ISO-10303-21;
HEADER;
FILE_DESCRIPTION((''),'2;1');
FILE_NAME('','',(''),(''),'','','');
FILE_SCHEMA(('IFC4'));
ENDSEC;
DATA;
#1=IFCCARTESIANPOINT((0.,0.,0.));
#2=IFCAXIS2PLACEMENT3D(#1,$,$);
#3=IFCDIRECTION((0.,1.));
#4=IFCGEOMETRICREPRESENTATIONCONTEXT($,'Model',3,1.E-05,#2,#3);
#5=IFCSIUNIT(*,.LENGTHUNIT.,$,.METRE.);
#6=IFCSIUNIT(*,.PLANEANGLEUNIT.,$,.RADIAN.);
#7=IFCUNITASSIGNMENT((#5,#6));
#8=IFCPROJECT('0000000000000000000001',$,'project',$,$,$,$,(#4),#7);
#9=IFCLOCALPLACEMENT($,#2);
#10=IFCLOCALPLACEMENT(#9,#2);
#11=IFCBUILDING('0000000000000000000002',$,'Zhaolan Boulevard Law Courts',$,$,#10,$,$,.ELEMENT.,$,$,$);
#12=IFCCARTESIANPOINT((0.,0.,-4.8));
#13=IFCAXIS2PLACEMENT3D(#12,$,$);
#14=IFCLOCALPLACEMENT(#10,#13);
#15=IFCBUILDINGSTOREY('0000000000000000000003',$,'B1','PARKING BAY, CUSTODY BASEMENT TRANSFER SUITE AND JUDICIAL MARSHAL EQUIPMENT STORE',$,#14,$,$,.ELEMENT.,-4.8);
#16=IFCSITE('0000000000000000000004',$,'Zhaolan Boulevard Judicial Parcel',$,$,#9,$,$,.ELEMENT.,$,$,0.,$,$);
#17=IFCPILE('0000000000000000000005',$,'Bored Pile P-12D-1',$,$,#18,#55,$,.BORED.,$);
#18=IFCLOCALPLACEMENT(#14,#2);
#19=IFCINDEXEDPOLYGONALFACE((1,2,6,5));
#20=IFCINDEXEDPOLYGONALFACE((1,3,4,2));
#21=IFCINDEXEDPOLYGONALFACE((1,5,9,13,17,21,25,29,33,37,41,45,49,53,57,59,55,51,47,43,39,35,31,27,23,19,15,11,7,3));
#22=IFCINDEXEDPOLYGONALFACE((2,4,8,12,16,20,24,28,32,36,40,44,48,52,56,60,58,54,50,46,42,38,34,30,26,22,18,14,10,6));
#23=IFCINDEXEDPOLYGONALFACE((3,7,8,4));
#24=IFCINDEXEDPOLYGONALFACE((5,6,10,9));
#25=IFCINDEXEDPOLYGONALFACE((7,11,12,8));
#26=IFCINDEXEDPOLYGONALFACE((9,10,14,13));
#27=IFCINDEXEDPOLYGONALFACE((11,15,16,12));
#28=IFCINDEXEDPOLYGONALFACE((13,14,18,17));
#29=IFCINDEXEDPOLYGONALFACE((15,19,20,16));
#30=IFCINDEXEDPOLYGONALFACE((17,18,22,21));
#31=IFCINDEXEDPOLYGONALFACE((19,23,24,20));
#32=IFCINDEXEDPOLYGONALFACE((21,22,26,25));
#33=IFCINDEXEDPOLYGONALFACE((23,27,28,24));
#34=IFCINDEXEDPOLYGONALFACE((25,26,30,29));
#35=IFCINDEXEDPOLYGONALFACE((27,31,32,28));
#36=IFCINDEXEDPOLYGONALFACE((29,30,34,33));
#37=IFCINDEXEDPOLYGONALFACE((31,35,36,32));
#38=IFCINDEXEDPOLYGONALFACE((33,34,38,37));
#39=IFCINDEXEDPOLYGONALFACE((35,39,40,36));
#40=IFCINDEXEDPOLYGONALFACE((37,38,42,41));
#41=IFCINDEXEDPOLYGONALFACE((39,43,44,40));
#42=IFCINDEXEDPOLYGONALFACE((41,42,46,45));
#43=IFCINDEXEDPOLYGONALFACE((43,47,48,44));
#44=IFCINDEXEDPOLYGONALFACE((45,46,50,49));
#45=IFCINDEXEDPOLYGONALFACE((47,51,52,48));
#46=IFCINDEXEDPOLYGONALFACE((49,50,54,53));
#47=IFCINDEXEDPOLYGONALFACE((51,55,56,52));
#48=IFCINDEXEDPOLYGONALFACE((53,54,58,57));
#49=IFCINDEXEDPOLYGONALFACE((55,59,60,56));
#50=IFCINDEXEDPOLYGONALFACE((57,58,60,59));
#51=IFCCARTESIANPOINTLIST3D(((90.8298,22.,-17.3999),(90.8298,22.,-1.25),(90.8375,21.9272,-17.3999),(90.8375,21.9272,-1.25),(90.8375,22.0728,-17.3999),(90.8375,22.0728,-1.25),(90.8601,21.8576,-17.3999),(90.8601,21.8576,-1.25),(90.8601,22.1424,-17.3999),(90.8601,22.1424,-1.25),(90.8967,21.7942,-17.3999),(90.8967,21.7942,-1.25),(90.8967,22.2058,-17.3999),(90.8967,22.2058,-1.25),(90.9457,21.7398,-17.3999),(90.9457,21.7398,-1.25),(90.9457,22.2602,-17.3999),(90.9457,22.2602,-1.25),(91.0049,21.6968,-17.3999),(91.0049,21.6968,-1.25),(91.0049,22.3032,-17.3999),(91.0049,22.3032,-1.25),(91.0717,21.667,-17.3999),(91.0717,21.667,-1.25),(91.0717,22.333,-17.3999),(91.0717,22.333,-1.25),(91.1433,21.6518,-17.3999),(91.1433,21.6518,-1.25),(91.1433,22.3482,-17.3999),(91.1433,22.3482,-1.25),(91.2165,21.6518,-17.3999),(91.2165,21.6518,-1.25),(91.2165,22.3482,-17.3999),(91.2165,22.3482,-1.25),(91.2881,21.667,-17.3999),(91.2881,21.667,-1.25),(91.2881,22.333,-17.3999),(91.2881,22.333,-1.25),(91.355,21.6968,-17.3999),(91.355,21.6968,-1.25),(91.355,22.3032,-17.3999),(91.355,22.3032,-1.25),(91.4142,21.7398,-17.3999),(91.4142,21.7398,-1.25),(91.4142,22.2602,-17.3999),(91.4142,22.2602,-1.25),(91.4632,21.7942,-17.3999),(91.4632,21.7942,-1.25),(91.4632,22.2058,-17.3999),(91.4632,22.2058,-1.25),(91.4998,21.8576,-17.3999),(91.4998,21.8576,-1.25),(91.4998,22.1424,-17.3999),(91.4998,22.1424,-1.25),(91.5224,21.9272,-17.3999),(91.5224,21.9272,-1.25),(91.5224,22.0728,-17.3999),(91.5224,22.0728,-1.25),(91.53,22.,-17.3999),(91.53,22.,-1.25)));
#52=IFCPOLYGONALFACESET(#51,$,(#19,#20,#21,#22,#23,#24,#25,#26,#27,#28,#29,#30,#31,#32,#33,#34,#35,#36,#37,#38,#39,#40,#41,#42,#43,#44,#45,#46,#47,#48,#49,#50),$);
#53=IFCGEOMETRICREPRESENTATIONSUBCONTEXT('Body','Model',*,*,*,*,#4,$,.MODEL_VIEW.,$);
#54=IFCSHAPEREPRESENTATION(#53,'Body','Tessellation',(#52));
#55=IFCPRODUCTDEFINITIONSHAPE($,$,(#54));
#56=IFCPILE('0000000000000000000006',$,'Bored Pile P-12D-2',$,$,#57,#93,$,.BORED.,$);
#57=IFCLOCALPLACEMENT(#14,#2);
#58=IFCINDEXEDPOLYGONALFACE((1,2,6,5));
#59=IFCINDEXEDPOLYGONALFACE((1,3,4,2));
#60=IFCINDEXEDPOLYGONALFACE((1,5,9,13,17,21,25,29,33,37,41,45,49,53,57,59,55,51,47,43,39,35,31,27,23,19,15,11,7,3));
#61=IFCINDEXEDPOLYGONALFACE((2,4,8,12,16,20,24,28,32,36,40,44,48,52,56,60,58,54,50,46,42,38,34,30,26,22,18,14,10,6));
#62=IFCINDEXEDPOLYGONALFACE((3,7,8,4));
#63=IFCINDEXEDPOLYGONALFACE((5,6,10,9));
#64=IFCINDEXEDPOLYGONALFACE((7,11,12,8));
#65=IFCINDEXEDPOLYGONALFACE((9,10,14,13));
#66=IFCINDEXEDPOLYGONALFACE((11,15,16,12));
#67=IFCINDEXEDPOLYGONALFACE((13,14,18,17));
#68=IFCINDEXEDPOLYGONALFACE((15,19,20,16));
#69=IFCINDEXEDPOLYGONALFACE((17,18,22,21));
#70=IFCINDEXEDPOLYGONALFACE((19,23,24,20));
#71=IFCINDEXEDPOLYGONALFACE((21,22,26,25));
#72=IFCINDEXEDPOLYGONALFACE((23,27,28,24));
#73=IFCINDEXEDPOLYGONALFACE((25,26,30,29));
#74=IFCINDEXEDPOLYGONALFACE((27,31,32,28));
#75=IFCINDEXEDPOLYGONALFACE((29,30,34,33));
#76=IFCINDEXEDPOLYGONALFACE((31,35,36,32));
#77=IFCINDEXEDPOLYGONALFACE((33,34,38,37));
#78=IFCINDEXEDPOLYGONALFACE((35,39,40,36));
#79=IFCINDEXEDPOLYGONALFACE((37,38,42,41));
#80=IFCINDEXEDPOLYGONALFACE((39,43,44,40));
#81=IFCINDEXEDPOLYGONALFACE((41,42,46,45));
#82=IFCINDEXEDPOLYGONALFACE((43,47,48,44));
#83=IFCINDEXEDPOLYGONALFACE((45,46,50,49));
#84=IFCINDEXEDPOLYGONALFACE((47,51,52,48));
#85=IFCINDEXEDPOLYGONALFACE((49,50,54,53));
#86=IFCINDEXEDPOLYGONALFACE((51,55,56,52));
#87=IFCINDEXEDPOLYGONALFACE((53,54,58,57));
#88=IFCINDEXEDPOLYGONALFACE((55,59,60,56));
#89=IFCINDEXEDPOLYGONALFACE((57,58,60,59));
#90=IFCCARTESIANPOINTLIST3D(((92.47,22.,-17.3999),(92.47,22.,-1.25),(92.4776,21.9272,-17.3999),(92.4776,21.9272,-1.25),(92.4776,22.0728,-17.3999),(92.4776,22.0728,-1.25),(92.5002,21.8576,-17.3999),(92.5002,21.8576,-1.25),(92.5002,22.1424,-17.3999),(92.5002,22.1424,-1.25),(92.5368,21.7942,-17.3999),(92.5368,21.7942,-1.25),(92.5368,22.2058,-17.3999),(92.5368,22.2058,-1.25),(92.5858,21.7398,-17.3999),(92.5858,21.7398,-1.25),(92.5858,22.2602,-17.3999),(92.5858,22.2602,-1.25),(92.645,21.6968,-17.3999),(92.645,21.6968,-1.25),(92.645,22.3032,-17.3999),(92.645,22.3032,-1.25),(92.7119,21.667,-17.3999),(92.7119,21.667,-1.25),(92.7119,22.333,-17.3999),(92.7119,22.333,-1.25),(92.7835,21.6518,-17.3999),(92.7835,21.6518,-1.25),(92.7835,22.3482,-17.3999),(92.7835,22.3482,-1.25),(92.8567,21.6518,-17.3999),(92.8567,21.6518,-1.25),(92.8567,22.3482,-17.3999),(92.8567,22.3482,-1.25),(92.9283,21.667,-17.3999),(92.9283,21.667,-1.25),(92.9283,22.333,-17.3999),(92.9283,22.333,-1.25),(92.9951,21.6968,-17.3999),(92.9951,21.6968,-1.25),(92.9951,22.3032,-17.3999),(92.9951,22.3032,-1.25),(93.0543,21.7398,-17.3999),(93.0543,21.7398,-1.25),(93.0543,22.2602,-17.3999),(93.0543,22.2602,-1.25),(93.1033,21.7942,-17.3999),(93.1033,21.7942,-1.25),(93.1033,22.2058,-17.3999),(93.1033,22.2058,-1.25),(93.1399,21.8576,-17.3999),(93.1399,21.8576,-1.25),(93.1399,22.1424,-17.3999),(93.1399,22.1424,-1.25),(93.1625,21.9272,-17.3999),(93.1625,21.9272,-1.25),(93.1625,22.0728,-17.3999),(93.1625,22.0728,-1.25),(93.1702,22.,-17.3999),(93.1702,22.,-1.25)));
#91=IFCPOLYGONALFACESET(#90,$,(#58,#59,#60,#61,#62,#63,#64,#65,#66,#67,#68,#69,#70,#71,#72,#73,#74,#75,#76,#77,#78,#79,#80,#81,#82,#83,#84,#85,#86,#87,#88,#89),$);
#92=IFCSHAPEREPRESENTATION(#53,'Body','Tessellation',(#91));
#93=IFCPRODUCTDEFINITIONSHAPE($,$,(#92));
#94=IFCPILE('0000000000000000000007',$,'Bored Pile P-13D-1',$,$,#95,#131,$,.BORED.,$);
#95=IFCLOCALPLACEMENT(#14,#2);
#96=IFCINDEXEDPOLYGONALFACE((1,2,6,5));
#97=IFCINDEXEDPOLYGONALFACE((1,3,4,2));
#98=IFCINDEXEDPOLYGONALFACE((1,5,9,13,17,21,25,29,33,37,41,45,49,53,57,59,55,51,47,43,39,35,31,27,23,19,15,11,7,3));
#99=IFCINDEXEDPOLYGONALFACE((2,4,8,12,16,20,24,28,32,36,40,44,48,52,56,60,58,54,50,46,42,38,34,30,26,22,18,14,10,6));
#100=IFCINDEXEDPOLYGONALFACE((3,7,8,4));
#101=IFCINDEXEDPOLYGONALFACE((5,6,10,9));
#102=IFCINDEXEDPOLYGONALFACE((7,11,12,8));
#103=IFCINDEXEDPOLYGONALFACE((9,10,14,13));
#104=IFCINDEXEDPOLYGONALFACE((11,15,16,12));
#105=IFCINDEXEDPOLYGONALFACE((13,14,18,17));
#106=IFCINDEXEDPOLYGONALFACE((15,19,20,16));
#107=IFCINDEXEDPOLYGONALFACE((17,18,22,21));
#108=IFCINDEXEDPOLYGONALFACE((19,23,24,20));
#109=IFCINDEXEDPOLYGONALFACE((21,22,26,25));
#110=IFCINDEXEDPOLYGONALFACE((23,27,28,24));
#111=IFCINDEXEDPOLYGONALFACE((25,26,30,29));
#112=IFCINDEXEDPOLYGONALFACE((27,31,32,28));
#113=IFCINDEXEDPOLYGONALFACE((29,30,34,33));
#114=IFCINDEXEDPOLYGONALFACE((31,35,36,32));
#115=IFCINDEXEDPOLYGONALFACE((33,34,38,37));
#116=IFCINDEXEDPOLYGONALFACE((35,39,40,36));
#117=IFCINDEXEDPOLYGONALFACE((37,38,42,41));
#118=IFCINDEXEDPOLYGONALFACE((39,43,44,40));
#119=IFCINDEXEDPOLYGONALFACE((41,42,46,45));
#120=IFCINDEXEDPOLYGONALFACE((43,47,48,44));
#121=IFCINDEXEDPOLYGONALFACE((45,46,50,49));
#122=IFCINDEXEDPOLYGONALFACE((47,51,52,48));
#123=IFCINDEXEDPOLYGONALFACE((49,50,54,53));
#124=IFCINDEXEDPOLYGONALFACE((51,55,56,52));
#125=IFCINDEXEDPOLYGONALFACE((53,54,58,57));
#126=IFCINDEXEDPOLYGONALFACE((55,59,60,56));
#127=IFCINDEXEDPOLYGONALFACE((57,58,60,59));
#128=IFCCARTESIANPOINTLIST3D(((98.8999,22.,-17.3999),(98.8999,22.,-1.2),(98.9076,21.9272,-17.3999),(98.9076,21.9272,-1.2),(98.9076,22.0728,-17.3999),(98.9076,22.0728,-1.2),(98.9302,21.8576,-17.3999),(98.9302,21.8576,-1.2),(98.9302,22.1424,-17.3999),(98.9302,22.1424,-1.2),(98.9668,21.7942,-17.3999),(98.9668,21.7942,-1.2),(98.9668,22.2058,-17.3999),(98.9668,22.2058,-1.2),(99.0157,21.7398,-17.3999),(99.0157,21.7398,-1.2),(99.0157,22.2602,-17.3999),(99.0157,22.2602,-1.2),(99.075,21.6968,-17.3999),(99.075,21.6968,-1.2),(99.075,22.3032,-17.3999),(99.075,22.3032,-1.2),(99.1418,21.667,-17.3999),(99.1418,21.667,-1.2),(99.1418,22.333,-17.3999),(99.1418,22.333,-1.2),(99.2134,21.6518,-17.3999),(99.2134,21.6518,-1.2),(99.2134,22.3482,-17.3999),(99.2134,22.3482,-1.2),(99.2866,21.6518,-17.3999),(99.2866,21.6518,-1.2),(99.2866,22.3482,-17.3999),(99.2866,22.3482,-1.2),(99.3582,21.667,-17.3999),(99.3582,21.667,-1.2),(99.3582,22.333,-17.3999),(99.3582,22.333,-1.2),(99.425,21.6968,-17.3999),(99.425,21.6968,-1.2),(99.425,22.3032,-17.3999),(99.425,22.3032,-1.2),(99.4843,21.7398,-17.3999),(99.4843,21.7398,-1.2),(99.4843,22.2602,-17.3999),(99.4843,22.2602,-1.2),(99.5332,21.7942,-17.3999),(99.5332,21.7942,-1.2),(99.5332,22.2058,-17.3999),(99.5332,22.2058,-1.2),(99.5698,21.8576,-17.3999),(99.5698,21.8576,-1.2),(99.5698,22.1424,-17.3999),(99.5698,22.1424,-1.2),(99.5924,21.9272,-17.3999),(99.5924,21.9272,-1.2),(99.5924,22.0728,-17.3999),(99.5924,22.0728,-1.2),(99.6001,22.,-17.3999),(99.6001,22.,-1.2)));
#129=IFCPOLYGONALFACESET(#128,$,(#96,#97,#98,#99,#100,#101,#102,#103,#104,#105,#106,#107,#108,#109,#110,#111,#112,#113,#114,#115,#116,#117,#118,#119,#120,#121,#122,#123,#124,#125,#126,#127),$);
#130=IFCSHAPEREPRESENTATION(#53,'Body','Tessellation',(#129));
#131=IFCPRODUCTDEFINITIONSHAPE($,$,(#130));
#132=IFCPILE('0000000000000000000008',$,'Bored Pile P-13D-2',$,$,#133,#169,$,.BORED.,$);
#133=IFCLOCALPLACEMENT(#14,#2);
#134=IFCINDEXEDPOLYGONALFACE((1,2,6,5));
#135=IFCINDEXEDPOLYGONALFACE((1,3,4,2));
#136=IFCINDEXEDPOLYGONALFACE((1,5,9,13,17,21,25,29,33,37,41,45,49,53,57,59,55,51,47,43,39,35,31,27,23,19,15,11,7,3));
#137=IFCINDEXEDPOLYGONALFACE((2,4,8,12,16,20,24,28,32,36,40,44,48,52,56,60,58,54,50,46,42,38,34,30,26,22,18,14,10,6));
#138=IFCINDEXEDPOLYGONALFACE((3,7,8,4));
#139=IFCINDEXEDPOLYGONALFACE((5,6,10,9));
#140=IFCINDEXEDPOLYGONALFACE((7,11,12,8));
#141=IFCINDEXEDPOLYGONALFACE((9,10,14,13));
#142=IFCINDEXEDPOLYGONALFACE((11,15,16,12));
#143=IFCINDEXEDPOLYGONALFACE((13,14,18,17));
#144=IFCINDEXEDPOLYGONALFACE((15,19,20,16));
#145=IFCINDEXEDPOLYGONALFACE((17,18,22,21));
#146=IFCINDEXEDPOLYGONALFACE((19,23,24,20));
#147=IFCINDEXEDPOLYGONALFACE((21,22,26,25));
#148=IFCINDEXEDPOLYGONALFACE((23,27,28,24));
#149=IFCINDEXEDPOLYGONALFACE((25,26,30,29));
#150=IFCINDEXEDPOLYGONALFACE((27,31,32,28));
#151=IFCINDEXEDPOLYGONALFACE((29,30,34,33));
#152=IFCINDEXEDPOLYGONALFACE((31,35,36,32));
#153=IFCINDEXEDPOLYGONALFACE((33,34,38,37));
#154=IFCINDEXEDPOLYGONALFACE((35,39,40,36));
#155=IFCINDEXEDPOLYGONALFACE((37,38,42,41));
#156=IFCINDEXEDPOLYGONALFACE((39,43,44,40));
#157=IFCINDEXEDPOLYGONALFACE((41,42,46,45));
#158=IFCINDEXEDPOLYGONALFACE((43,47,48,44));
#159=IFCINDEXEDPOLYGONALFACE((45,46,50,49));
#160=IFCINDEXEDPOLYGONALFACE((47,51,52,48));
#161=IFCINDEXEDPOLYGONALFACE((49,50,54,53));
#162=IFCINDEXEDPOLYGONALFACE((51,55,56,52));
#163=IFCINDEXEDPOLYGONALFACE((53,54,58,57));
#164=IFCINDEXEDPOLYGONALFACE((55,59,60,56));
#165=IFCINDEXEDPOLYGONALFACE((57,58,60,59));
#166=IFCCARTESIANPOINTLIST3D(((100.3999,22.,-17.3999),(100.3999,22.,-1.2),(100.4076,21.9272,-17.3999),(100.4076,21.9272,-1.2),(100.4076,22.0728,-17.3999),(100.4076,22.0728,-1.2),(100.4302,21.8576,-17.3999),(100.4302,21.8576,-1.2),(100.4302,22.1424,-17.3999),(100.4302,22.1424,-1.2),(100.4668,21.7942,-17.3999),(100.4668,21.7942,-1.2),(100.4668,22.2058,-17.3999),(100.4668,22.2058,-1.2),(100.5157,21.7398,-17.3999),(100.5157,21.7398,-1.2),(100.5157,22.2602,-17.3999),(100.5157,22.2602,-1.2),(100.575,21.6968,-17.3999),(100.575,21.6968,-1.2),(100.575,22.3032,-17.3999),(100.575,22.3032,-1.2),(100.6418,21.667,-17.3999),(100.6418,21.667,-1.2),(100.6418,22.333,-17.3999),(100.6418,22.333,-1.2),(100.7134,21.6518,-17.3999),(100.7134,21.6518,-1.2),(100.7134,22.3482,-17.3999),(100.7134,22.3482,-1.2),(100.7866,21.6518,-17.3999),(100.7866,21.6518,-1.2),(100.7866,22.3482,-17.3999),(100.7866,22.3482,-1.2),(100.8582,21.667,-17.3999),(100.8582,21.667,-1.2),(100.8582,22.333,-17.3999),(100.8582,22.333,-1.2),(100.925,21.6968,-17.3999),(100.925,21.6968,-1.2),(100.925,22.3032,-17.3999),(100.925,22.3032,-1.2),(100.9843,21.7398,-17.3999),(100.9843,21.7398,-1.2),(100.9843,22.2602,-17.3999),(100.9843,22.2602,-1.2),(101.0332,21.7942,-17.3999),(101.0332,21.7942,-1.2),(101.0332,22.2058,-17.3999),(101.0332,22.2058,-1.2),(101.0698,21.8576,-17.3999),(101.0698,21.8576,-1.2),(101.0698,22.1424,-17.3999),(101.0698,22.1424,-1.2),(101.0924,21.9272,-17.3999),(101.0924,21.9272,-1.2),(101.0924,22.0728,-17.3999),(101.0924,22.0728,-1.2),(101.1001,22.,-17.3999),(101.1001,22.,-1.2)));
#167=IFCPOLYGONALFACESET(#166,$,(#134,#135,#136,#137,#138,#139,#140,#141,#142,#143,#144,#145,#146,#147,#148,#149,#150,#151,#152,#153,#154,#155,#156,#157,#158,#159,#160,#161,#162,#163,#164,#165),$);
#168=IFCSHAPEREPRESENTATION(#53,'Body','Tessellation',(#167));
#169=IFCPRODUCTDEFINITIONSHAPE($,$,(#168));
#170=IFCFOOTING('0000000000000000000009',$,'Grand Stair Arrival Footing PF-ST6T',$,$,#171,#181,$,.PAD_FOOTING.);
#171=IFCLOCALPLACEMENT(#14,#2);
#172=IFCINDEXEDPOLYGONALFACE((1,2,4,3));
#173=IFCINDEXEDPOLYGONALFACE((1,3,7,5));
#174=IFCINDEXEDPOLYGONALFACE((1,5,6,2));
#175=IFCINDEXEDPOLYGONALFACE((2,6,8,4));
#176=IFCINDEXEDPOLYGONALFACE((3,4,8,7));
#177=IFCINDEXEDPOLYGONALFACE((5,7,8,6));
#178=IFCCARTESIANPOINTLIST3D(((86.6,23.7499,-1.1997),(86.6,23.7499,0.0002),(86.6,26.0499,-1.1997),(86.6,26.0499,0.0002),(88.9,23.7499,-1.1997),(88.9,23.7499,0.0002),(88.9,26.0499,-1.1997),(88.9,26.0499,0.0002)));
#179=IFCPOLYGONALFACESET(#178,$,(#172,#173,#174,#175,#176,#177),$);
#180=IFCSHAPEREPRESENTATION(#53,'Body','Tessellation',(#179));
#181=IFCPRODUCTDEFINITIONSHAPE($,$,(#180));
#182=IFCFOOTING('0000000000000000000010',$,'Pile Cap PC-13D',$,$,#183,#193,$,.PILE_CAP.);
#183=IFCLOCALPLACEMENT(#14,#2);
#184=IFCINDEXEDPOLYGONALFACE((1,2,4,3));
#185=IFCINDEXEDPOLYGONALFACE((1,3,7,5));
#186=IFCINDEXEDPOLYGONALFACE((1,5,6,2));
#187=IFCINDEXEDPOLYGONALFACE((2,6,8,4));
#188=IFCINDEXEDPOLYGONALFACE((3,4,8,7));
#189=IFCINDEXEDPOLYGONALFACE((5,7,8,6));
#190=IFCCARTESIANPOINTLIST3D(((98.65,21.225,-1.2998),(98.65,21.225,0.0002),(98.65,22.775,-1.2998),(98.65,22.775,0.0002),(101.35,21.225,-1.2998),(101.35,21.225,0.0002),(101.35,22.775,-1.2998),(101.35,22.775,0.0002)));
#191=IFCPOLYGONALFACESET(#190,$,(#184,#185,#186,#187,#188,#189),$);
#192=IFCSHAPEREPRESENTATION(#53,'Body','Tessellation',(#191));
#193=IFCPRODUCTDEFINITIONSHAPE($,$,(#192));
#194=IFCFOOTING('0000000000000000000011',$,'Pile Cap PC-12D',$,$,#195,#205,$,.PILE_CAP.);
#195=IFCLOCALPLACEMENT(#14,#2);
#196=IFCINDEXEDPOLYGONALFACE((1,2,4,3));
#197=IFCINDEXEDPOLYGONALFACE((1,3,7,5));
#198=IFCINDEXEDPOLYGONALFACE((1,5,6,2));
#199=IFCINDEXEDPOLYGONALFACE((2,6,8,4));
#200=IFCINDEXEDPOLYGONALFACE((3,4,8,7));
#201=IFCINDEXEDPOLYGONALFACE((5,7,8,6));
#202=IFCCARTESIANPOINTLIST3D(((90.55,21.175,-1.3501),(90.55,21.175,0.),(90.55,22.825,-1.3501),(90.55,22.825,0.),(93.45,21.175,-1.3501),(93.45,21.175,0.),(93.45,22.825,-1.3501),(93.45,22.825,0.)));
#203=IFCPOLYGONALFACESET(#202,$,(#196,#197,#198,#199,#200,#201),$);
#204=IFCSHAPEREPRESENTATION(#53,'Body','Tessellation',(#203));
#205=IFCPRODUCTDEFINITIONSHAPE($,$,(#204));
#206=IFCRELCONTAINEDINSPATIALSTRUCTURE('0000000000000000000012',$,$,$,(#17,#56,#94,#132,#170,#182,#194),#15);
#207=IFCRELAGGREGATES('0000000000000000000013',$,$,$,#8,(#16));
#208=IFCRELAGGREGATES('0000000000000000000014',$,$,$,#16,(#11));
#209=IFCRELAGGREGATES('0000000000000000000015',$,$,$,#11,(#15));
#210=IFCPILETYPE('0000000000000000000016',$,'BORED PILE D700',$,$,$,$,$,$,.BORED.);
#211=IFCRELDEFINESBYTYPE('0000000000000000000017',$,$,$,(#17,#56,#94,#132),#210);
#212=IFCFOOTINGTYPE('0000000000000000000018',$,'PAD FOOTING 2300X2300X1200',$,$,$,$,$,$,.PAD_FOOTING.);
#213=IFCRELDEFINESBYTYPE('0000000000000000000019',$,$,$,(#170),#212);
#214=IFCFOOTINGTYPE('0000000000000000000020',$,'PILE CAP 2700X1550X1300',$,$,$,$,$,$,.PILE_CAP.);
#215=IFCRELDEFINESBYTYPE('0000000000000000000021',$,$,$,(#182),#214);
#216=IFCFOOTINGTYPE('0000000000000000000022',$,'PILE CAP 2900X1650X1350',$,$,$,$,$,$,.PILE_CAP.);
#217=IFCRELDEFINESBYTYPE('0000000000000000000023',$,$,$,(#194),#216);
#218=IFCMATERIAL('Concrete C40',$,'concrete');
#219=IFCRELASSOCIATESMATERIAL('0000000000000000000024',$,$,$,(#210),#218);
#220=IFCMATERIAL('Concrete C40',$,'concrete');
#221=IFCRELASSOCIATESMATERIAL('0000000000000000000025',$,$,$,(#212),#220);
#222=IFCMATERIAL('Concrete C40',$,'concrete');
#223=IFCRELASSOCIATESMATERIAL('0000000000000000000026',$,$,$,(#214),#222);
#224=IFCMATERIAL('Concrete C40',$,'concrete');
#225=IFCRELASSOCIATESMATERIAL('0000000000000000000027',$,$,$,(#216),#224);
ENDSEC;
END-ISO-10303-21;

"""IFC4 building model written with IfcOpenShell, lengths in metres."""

from ifc_helpers import new_model, si_unit, direction, frame, origin, origin_2d, place, context, subcontext, project, spatial, rectangle, circle, extrude, material, material_profile, profile_set, type_object, element, save


model = new_model("IFC4")

# Units and contexts
model_context = context("Model", 3, precision=1e-05, world=origin(), true_north=direction((0.0, 1.0)))
body_context = subcontext(model_context, "Body", "Model", "MODEL_VIEW")
ifc_project = project(units=[si_unit("LENGTHUNIT", "METRE"), si_unit("PLANEANGLEUNIT", "RADIAN")], contexts=[model_context])

# Site, building, storey
site_placement = place(None, origin())
site = spatial("IfcSite", under=ifc_project, at=site_placement, Name="Zhaolan Boulevard Judicial Parcel", CompositionType="ELEMENT", RefElevation=0.0)
building_placement = place(site_placement, origin())
building = spatial("IfcBuilding", under=site, at=building_placement, Name="Zhaolan Boulevard Law Courts", CompositionType="ELEMENT")
storey_placement = place(building_placement, frame((0.0, 0.0, -4.8)))
storey = spatial("IfcBuildingStorey", under=building, at=storey_placement, Name="B1", Description="PARKING BAY, CUSTODY BASEMENT TRANSFER SUITE AND JUDICIAL MARSHAL EQUIPMENT STORE", CompositionType="ELEMENT", Elevation=-4.8)

# Piles
ifc_material_1 = material(Name="Concrete C40", Category="concrete")
ifc_material_profile_1 = material_profile(ifc_material_1, circle(Radius=0.3501, at=origin_2d()), Name="PILE-D700")
ifc_profile_set_1 = profile_set([ifc_material_profile_1], Name="Concrete C40")
pile_type = type_object("IfcPileType", Name="BORED PILE D700", PredefinedType="BORED", material=ifc_profile_set_1)
for number, where, z_axis, x_axis, name in (
    (1, (91.1799, 22.0, -1.25), (0.0, 0.0, -1.0), (1.0, 0.0, 0.0), "Bored Pile P-12D-1"),
    (2, (92.8201, 22.0, -1.25), (0.0, 0.0, -1.0), (1.0, 0.0, 0.0), "Bored Pile P-12D-2"),
):
    element("IfcPile", number, at=place(storey_placement, frame(where, z_axis=z_axis, x_axis=x_axis)), inside=storey, type_object=pile_type, Name=name, PredefinedType="BORED", context=body_context, shape_type="SweptSolid", body=[
        extrude(circle(Radius=0.3501, at=origin_2d()), origin(), (0.0, 0.0, 1.0), 16.1499),
    ])
for number, where, z_axis, x_axis, name in (
    (3, (99.25, 22.0, -1.2), (0.0, 0.0, -1.0), (1.0, 0.0, 0.0), "Bored Pile P-13D-1"),
    (4, (100.75, 22.0, -1.2), (0.0, 0.0, -1.0), (1.0, 0.0, 0.0), "Bored Pile P-13D-2"),
):
    element("IfcPile", number, at=place(storey_placement, frame(where, z_axis=z_axis, x_axis=x_axis)), inside=storey, type_object=pile_type, Name=name, PredefinedType="BORED", context=body_context, shape_type="SweptSolid", body=[
        extrude(circle(Radius=0.3501, at=origin_2d()), origin(), (0.0, 0.0, 1.0), 16.2),
    ])

# Footings
ifc_material_2 = material(Name="Concrete C40", Category="concrete")
footing_type_1 = type_object("IfcFootingType", Name="PAD FOOTING 2300X2300X1200", PredefinedType="PAD_FOOTING", material=ifc_material_2)
footing_1_placement = place(storey_placement, frame((87.75, 24.8999, -1.1997), z_axis=(0.0, 0.0, 1.0), x_axis=(1.0, 0.0, 0.0)))
element("IfcFooting", 5, at=footing_1_placement, inside=storey, type_object=footing_type_1, Name="Grand Stair Arrival Footing PF-ST6T", PredefinedType="PAD_FOOTING", context=body_context, shape_type="SweptSolid", body=[
    extrude(rectangle(XDim=2.3, YDim=2.3, at=origin_2d()), origin(), (0.0, 0.0, 1.0), 1.2),
])
ifc_material_3 = material(Name="Concrete C40", Category="concrete")
footing_type_2 = type_object("IfcFootingType", Name="PILE CAP 2700X1550X1300", PredefinedType="PILE_CAP", material=ifc_material_3)
footing_2_placement = place(storey_placement, frame((100.0, 22.0, -1.2998), z_axis=(0.0, 0.0, 1.0), x_axis=(1.0, 0.0, 0.0)))
element("IfcFooting", 6, at=footing_2_placement, inside=storey, type_object=footing_type_2, Name="Pile Cap PC-13D", PredefinedType="PILE_CAP", context=body_context, shape_type="SweptSolid", body=[
    extrude(rectangle(XDim=2.7, YDim=1.55, at=origin_2d()), origin(), (0.0, 0.0, 1.0), 1.3),
])
ifc_material_4 = material(Name="Concrete C40", Category="concrete")
footing_type_3 = type_object("IfcFootingType", Name="PILE CAP 2900X1650X1350", PredefinedType="PILE_CAP", material=ifc_material_4)
footing_3_placement = place(storey_placement, frame((92.0, 22.0, -1.3501), z_axis=(0.0, 0.0, 1.0), x_axis=(1.0, 0.0, 0.0)))
element("IfcFooting", 7, at=footing_3_placement, inside=storey, type_object=footing_type_3, Name="Pile Cap PC-12D", PredefinedType="PILE_CAP", context=body_context, shape_type="SweptSolid", body=[
    extrude(rectangle(XDim=2.8999, YDim=1.6499, at=origin_2d()), origin(), (0.0, 0.0, 1.0), 1.3501),
])

save(model, "model.ifc")
